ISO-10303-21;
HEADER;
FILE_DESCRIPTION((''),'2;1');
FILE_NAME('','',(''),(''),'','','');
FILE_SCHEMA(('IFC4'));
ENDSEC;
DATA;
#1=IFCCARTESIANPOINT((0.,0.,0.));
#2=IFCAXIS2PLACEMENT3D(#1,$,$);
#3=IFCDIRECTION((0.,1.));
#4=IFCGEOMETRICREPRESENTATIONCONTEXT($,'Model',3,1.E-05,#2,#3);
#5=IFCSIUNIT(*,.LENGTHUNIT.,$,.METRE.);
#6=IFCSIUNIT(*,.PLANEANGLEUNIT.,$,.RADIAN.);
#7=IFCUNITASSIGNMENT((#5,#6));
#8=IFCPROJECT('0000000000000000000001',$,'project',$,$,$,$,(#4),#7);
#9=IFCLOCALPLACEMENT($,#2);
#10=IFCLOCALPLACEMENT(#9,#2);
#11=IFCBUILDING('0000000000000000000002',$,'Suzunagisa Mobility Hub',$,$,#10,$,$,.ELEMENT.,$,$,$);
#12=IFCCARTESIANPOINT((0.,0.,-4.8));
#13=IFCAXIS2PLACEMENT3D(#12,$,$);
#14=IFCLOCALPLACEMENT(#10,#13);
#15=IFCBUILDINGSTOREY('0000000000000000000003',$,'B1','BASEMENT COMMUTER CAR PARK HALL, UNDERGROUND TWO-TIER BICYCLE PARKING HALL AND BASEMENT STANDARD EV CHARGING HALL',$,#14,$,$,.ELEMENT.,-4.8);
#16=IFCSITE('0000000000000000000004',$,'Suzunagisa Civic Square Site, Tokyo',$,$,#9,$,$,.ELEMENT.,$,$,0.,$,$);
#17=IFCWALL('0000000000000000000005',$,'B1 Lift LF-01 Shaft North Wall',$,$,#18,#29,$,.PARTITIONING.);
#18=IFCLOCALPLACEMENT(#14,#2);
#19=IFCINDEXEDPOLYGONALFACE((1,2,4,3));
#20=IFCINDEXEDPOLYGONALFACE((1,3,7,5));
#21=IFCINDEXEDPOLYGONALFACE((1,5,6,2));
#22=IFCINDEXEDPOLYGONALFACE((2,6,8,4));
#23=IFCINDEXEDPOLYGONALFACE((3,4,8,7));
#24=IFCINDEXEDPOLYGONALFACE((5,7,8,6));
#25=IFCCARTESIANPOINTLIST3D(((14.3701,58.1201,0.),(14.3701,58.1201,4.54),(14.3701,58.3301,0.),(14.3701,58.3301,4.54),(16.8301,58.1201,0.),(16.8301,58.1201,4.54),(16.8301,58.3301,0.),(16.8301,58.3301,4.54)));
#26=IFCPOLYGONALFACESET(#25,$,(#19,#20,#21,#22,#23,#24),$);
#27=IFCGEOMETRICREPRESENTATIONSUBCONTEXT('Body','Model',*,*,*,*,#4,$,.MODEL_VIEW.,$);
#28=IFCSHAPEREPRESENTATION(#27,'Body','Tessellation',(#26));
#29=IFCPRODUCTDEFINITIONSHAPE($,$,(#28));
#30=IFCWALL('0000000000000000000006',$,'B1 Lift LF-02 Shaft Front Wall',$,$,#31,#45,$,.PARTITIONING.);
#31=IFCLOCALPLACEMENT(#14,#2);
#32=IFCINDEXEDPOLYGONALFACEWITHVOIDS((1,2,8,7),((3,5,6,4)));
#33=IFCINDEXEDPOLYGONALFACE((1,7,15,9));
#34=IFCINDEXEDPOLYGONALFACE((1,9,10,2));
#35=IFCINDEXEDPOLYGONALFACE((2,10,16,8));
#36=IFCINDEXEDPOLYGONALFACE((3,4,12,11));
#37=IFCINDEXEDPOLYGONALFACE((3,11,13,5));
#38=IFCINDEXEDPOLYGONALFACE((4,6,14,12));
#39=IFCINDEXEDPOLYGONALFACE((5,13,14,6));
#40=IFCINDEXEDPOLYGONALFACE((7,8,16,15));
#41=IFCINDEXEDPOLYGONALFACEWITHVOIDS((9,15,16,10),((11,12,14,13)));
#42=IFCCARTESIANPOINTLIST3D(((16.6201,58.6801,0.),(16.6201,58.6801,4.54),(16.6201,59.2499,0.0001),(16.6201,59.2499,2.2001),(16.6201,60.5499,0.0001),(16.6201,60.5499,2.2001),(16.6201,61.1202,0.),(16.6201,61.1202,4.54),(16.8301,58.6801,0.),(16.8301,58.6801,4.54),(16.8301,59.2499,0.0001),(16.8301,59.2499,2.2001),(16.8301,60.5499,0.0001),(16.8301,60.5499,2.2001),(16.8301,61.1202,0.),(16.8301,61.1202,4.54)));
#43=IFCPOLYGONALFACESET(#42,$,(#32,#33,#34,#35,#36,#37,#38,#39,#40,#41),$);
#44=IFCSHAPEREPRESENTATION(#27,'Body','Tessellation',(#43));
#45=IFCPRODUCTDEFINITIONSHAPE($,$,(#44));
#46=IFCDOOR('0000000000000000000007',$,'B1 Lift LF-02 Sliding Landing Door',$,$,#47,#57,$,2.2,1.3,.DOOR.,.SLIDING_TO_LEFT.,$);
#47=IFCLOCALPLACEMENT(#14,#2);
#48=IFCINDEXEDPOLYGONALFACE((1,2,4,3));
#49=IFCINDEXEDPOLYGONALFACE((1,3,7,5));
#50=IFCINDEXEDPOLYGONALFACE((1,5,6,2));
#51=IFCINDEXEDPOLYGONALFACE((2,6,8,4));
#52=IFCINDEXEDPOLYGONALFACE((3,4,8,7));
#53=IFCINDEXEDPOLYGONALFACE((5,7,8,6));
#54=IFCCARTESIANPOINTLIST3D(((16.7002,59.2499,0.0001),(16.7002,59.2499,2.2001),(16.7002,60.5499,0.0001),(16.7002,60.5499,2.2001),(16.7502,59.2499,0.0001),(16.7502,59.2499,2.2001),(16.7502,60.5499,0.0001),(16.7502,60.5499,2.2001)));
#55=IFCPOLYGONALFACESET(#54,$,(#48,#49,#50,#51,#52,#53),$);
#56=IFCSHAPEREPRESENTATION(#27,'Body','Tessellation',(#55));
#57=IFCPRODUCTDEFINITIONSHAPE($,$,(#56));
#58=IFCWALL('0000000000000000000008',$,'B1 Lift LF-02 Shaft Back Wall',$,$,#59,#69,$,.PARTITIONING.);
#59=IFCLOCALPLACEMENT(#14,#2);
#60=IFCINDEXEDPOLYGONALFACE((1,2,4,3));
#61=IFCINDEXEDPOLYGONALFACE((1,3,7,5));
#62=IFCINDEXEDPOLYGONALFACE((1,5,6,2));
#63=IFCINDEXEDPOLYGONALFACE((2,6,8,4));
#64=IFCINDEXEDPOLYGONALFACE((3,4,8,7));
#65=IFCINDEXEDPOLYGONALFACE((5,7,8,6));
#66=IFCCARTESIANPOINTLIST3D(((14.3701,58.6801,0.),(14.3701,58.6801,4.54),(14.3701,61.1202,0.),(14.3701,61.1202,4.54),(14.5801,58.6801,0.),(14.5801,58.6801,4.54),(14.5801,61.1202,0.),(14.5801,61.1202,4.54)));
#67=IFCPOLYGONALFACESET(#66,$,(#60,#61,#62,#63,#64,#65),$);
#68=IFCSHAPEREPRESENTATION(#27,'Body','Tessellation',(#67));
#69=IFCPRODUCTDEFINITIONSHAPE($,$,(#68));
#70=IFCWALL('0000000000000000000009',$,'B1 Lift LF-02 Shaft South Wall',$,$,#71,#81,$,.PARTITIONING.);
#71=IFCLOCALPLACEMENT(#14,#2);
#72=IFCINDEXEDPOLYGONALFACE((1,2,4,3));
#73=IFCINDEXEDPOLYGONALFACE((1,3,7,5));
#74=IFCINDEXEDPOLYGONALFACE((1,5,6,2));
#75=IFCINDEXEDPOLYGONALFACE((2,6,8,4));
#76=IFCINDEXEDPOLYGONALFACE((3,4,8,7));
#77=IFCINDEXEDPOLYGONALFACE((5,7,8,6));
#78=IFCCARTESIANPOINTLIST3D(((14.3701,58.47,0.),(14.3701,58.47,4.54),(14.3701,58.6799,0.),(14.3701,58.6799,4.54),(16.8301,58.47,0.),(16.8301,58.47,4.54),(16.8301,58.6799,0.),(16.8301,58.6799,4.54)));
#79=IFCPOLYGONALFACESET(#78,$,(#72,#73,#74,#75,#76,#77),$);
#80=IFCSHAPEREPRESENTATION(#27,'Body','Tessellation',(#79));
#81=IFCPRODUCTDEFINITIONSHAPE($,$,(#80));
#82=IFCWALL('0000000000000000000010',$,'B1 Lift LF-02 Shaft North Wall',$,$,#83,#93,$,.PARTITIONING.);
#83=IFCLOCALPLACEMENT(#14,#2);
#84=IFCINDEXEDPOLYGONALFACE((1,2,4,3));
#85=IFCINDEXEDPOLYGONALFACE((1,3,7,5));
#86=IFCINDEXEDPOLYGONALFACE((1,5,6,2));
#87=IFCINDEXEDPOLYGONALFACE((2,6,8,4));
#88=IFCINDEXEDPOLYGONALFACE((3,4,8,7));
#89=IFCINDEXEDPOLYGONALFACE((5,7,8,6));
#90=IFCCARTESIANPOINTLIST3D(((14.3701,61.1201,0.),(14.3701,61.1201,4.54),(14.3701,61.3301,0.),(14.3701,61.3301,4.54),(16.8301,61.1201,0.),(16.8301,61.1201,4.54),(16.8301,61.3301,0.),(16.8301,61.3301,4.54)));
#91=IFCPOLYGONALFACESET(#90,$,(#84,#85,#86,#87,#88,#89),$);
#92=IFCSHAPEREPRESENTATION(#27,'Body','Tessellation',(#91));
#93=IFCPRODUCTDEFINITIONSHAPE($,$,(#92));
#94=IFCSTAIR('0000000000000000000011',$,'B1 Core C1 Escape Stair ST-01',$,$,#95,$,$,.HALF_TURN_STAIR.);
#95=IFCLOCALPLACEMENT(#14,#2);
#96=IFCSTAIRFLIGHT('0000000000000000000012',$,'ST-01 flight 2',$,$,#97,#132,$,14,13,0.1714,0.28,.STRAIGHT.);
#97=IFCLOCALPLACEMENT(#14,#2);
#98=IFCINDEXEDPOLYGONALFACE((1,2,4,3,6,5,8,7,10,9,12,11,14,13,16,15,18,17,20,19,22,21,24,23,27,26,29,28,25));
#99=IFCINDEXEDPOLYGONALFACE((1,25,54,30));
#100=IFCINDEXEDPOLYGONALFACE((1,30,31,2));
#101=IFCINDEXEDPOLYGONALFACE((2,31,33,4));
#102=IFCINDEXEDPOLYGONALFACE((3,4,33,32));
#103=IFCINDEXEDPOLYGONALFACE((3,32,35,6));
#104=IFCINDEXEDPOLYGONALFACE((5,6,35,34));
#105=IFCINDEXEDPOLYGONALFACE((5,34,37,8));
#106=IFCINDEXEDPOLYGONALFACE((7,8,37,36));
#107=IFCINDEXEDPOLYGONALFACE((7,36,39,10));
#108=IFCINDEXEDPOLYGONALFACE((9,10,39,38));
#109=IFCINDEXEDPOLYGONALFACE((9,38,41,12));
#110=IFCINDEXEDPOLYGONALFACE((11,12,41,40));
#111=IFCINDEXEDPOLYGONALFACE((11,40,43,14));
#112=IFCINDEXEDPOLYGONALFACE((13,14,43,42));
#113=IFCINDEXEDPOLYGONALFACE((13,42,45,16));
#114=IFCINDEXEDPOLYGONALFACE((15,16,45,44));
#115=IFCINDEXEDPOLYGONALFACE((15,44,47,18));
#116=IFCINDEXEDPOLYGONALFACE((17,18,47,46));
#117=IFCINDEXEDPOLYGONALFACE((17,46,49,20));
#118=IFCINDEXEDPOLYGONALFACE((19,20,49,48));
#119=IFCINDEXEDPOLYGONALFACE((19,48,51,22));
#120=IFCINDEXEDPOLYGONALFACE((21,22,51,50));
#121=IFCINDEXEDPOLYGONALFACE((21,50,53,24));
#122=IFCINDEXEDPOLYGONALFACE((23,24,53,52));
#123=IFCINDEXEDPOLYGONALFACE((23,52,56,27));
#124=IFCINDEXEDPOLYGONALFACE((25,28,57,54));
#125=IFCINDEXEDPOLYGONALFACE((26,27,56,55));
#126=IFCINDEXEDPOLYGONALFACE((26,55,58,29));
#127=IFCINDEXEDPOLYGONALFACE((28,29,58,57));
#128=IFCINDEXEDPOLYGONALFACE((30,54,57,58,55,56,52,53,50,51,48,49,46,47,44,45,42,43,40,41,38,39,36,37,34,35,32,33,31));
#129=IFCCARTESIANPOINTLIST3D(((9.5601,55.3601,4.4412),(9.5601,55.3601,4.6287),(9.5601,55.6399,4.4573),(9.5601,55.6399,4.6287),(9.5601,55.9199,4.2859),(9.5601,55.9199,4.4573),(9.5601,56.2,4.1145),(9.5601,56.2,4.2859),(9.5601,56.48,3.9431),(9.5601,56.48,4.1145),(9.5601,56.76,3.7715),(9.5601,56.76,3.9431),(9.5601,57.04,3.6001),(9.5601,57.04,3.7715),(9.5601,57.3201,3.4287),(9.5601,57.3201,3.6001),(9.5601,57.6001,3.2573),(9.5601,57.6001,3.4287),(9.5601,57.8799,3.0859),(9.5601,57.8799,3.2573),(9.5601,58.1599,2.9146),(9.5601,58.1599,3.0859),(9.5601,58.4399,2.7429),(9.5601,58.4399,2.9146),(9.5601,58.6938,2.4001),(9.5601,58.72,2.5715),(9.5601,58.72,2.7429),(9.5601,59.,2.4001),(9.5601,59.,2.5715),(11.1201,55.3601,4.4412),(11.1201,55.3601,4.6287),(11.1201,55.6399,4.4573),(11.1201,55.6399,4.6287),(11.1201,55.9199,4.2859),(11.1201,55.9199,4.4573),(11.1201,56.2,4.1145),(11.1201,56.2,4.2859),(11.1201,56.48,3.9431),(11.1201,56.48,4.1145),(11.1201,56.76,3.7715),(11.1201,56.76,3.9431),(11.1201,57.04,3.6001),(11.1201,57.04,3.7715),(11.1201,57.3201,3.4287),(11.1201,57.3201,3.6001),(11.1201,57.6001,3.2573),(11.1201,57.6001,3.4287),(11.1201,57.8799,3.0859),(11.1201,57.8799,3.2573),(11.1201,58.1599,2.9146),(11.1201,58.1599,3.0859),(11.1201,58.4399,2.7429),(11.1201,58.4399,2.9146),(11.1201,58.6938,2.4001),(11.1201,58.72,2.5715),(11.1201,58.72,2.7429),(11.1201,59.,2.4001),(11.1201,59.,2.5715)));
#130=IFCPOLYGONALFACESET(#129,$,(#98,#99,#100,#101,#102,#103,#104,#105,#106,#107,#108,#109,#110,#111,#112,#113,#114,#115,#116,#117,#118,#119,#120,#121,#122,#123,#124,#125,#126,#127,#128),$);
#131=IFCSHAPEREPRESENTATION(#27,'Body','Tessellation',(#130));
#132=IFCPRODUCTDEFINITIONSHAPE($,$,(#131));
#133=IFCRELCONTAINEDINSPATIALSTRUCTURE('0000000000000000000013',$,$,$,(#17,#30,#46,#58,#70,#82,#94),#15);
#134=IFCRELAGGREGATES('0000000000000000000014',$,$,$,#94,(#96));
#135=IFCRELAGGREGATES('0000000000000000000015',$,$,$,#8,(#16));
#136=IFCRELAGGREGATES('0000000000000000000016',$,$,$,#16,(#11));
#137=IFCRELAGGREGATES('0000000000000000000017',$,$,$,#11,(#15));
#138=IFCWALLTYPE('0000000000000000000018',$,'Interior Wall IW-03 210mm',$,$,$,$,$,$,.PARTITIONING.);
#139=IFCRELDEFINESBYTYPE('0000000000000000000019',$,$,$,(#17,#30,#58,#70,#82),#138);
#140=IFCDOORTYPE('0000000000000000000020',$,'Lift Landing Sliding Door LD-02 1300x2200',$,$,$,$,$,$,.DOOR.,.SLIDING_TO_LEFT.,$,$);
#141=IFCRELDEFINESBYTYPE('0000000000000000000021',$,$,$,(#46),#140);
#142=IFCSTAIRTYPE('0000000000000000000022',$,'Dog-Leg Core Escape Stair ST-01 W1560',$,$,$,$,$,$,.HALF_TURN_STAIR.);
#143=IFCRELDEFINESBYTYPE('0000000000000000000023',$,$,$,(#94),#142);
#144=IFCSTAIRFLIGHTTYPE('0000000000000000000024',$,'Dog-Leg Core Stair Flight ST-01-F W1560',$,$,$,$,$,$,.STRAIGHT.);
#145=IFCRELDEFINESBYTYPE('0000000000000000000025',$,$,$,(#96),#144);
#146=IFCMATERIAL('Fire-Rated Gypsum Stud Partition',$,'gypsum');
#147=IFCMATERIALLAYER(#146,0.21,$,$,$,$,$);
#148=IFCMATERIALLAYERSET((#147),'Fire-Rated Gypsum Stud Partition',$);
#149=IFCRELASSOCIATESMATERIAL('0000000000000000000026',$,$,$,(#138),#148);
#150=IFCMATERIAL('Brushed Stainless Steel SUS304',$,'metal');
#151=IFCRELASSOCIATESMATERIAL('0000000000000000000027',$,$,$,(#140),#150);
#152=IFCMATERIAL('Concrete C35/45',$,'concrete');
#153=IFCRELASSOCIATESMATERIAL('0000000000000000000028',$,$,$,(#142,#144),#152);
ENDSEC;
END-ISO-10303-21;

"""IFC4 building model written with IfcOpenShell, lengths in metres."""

from ifc_helpers import new_model, si_unit, direction, frame, frame_2d, origin, place, context, subcontext, project, spatial, polyline, rectangle, outline, extrude, material, layer, layer_set, type_object, element, fill, aggregate, save


model = new_model("IFC4")

# Units and contexts
model_context = context("Model", 3, precision=1e-05, world=origin(), true_north=direction((0.0, 1.0)))
body_context = subcontext(model_context, "Body", "Model", "MODEL_VIEW")
ifc_project = project(units=[si_unit("LENGTHUNIT", "METRE"), si_unit("PLANEANGLEUNIT", "RADIAN")], contexts=[model_context])

# Site, building, storey
site_placement = place(None, origin())
site = spatial("IfcSite", under=ifc_project, at=site_placement, Name="Suzunagisa Civic Square Site, Tokyo", CompositionType="ELEMENT", RefElevation=0.0)
building_placement = place(site_placement, origin())
building = spatial("IfcBuilding", under=site, at=building_placement, Name="Suzunagisa Mobility Hub", CompositionType="ELEMENT")
storey_placement = place(building_placement, frame((0.0, 0.0, -4.8)))
storey = spatial("IfcBuildingStorey", under=building, at=storey_placement, Name="B1", Description="BASEMENT COMMUTER CAR PARK HALL, UNDERGROUND TWO-TIER BICYCLE PARKING HALL AND BASEMENT STANDARD EV CHARGING HALL", CompositionType="ELEMENT", Elevation=-4.8)

# Shared definitions
ifc_material_1 = material(Name="Concrete C35/45", Category="concrete")

# Wall
ifc_material_2 = material(Name="Fire-Rated Gypsum Stud Partition", Category="gypsum")
ifc_layer_1 = layer(ifc_material_2, 0.21)
ifc_layer_set_1 = layer_set([ifc_layer_1], Name="Fire-Rated Gypsum Stud Partition")
wall_type_1 = type_object("IfcWallType", Name="Interior Wall IW-03 210mm", PredefinedType="PARTITIONING", material=ifc_layer_set_1)
wall_1_placement = place(storey_placement, frame((14.3701, 58.2251, 0.0), z_axis=(0.0, 0.0, 1.0), x_axis=(1.0, 0.0, 0.0)))
element("IfcWall", 1, at=wall_1_placement, inside=storey, type_object=wall_type_1, Name="B1 Lift LF-01 Shaft North Wall", PredefinedType="PARTITIONING", context=body_context, shape_type="SweptSolid", body=[
    extrude(rectangle(XDim=2.46, YDim=0.21, at=frame_2d((1.23, 0.0))), origin(), (0.0, 0.0, 1.0), 4.54),
])

# Wall, opening, door
wall_2_placement = place(storey_placement, frame((16.7251, 58.6799, 0.0), z_axis=(0.0, 0.0, 1.0), x_axis=(0.0, 1.0, 0.0)))
wall_2 = element("IfcWall", 2, at=wall_2_placement, inside=storey, type_object=wall_type_1, Name="B1 Lift LF-02 Shaft Front Wall", PredefinedType="PARTITIONING", context=body_context, shape_type="SweptSolid", body=[
    extrude(rectangle(XDim=2.4402, YDim=0.21, at=frame_2d((1.2202, 0.0))), origin(), (0.0, 0.0, 1.0), 4.54),
])
opening_placement = place(wall_2_placement, frame((0.5701, 0.0, 0.0)))
opening = element("IfcOpeningElement", 3, at=opening_placement, cuts=wall_2, PredefinedType="OPENING", context=body_context, shape_type="SweptSolid", body=[
    extrude(rectangle(XDim=1.3, YDim=2.2, at=frame_2d((0.6499, 1.1001))), frame((0.0, 0.116, 0.0), z_axis=(0.0, -1.0, 0.0), x_axis=(1.0, 0.0, 0.0)), (0.0, 0.0, 1.0), 0.2319),
])
ifc_material_3 = material(Name="Brushed Stainless Steel SUS304", Category="metal")
door_type = type_object("IfcDoorType", Name="Lift Landing Sliding Door LD-02 1300x2200", OperationType="SLIDING_TO_LEFT", PredefinedType="DOOR", material=ifc_material_3)
door_placement = place(opening_placement, origin())
door = element("IfcDoor", 4, at=door_placement, inside=storey, type_object=door_type, Name="B1 Lift LF-02 Sliding Landing Door", OperationType="SLIDING_TO_LEFT", OverallHeight=2.2, OverallWidth=1.3, PredefinedType="DOOR", context=body_context, shape_type="SweptSolid", body=[
    extrude(rectangle(XDim=1.3, YDim=2.2, at=frame_2d((0.6499, 1.1001))), frame((0.0, 0.0249, 0.0), z_axis=(0.0, -1.0, 0.0), x_axis=(1.0, 0.0, 0.0)), (0.0, 0.0, 1.0), 0.05),
])
fill(opening, door)

# Walls
wall_3_placement = place(storey_placement, frame((14.4751, 58.6799, 0.0), z_axis=(0.0, 0.0, 1.0), x_axis=(0.0, 1.0, 0.0)))
element("IfcWall", 5, at=wall_3_placement, inside=storey, type_object=wall_type_1, Name="B1 Lift LF-02 Shaft Back Wall", PredefinedType="PARTITIONING", context=body_context, shape_type="SweptSolid", body=[
    extrude(rectangle(XDim=2.4402, YDim=0.21, at=frame_2d((1.2202, 0.0))), origin(), (0.0, 0.0, 1.0), 4.54),
])
for number, where, z_axis, x_axis, name in (
    (6, (14.3701, 58.575, 0.0), (0.0, 0.0, 1.0), (1.0, 0.0, 0.0), "B1 Lift LF-02 Shaft South Wall"),
    (7, (14.3701, 61.2251, 0.0), (0.0, 0.0, 1.0), (1.0, 0.0, 0.0), "B1 Lift LF-02 Shaft North Wall"),
):
    element("IfcWall", number, at=place(storey_placement, frame(where, z_axis=z_axis, x_axis=x_axis)), inside=storey, type_object=wall_type_1, Name=name, PredefinedType="PARTITIONING", context=body_context, shape_type="SweptSolid", body=[
        extrude(rectangle(XDim=2.46, YDim=0.21, at=frame_2d((1.23, 0.0))), origin(), (0.0, 0.0, 1.0), 4.54),
    ])

# Stair, stair flight
stair_type = type_object("IfcStairType", Name="Dog-Leg Core Escape Stair ST-01 W1560", PredefinedType="HALF_TURN_STAIR", material=ifc_material_1)
stair_placement = place(storey_placement, origin())
stair = element("IfcStair", 8, at=stair_placement, inside=storey, type_object=stair_type, Name="B1 Core C1 Escape Stair ST-01", PredefinedType="HALF_TURN_STAIR")
stair_flight_type = type_object("IfcStairFlightType", Name="Dog-Leg Core Stair Flight ST-01-F W1560", PredefinedType="STRAIGHT", material=ifc_material_1)
stair_flight_placement = place(storey_placement, frame((10.3401, 59.0, 2.4001), z_axis=(0.0, 0.0, 1.0), x_axis=(0.0, -1.0, 0.0)))
stair_flight = element("IfcStairFlight", 9, at=stair_flight_placement, type_object=stair_flight_type, Name="ST-01 flight 2", NumberOfRisers=14, NumberOfTreads=13, PredefinedType="STRAIGHT", RiserHeight=0.1714, TreadLength=0.28, context=body_context, shape_type="SweptSolid", body=[
    extrude(outline(polyline([(0.0, 0.0), (0.0, 0.1714), (0.28, 0.1714), (0.28, 0.3428), (0.5601, 0.3428), (0.5601, 0.5144), (0.8401, 0.5144), (0.8401, 0.6858), (1.1201, 0.6858), (1.1201, 0.8572), (1.3999, 0.8572), (1.3999, 1.0286), (1.6799, 1.0286), (1.6799, 1.2), (1.96, 1.2), (1.96, 1.3713), (2.24, 1.3713), (2.24, 1.543), (2.52, 1.543), (2.52, 1.7144), (2.8, 1.7144), (2.8, 1.8857), (3.0801, 1.8857), (3.0801, 2.0571), (3.3601, 2.0571), (3.3601, 2.2285), (3.6399, 2.2285), (3.6399, 2.3999), (3.6399, 2.041), (0.3062, 0.0), (0.0, 0.0)])), frame((0.0, 0.78, 0.0), z_axis=(0.0, -1.0, 0.0), x_axis=(1.0, 0.0, 0.0)), (0.0, 0.0, 1.0), 1.5601),
])
aggregate(stair, [stair_flight])

save(model, "model.ifc")
